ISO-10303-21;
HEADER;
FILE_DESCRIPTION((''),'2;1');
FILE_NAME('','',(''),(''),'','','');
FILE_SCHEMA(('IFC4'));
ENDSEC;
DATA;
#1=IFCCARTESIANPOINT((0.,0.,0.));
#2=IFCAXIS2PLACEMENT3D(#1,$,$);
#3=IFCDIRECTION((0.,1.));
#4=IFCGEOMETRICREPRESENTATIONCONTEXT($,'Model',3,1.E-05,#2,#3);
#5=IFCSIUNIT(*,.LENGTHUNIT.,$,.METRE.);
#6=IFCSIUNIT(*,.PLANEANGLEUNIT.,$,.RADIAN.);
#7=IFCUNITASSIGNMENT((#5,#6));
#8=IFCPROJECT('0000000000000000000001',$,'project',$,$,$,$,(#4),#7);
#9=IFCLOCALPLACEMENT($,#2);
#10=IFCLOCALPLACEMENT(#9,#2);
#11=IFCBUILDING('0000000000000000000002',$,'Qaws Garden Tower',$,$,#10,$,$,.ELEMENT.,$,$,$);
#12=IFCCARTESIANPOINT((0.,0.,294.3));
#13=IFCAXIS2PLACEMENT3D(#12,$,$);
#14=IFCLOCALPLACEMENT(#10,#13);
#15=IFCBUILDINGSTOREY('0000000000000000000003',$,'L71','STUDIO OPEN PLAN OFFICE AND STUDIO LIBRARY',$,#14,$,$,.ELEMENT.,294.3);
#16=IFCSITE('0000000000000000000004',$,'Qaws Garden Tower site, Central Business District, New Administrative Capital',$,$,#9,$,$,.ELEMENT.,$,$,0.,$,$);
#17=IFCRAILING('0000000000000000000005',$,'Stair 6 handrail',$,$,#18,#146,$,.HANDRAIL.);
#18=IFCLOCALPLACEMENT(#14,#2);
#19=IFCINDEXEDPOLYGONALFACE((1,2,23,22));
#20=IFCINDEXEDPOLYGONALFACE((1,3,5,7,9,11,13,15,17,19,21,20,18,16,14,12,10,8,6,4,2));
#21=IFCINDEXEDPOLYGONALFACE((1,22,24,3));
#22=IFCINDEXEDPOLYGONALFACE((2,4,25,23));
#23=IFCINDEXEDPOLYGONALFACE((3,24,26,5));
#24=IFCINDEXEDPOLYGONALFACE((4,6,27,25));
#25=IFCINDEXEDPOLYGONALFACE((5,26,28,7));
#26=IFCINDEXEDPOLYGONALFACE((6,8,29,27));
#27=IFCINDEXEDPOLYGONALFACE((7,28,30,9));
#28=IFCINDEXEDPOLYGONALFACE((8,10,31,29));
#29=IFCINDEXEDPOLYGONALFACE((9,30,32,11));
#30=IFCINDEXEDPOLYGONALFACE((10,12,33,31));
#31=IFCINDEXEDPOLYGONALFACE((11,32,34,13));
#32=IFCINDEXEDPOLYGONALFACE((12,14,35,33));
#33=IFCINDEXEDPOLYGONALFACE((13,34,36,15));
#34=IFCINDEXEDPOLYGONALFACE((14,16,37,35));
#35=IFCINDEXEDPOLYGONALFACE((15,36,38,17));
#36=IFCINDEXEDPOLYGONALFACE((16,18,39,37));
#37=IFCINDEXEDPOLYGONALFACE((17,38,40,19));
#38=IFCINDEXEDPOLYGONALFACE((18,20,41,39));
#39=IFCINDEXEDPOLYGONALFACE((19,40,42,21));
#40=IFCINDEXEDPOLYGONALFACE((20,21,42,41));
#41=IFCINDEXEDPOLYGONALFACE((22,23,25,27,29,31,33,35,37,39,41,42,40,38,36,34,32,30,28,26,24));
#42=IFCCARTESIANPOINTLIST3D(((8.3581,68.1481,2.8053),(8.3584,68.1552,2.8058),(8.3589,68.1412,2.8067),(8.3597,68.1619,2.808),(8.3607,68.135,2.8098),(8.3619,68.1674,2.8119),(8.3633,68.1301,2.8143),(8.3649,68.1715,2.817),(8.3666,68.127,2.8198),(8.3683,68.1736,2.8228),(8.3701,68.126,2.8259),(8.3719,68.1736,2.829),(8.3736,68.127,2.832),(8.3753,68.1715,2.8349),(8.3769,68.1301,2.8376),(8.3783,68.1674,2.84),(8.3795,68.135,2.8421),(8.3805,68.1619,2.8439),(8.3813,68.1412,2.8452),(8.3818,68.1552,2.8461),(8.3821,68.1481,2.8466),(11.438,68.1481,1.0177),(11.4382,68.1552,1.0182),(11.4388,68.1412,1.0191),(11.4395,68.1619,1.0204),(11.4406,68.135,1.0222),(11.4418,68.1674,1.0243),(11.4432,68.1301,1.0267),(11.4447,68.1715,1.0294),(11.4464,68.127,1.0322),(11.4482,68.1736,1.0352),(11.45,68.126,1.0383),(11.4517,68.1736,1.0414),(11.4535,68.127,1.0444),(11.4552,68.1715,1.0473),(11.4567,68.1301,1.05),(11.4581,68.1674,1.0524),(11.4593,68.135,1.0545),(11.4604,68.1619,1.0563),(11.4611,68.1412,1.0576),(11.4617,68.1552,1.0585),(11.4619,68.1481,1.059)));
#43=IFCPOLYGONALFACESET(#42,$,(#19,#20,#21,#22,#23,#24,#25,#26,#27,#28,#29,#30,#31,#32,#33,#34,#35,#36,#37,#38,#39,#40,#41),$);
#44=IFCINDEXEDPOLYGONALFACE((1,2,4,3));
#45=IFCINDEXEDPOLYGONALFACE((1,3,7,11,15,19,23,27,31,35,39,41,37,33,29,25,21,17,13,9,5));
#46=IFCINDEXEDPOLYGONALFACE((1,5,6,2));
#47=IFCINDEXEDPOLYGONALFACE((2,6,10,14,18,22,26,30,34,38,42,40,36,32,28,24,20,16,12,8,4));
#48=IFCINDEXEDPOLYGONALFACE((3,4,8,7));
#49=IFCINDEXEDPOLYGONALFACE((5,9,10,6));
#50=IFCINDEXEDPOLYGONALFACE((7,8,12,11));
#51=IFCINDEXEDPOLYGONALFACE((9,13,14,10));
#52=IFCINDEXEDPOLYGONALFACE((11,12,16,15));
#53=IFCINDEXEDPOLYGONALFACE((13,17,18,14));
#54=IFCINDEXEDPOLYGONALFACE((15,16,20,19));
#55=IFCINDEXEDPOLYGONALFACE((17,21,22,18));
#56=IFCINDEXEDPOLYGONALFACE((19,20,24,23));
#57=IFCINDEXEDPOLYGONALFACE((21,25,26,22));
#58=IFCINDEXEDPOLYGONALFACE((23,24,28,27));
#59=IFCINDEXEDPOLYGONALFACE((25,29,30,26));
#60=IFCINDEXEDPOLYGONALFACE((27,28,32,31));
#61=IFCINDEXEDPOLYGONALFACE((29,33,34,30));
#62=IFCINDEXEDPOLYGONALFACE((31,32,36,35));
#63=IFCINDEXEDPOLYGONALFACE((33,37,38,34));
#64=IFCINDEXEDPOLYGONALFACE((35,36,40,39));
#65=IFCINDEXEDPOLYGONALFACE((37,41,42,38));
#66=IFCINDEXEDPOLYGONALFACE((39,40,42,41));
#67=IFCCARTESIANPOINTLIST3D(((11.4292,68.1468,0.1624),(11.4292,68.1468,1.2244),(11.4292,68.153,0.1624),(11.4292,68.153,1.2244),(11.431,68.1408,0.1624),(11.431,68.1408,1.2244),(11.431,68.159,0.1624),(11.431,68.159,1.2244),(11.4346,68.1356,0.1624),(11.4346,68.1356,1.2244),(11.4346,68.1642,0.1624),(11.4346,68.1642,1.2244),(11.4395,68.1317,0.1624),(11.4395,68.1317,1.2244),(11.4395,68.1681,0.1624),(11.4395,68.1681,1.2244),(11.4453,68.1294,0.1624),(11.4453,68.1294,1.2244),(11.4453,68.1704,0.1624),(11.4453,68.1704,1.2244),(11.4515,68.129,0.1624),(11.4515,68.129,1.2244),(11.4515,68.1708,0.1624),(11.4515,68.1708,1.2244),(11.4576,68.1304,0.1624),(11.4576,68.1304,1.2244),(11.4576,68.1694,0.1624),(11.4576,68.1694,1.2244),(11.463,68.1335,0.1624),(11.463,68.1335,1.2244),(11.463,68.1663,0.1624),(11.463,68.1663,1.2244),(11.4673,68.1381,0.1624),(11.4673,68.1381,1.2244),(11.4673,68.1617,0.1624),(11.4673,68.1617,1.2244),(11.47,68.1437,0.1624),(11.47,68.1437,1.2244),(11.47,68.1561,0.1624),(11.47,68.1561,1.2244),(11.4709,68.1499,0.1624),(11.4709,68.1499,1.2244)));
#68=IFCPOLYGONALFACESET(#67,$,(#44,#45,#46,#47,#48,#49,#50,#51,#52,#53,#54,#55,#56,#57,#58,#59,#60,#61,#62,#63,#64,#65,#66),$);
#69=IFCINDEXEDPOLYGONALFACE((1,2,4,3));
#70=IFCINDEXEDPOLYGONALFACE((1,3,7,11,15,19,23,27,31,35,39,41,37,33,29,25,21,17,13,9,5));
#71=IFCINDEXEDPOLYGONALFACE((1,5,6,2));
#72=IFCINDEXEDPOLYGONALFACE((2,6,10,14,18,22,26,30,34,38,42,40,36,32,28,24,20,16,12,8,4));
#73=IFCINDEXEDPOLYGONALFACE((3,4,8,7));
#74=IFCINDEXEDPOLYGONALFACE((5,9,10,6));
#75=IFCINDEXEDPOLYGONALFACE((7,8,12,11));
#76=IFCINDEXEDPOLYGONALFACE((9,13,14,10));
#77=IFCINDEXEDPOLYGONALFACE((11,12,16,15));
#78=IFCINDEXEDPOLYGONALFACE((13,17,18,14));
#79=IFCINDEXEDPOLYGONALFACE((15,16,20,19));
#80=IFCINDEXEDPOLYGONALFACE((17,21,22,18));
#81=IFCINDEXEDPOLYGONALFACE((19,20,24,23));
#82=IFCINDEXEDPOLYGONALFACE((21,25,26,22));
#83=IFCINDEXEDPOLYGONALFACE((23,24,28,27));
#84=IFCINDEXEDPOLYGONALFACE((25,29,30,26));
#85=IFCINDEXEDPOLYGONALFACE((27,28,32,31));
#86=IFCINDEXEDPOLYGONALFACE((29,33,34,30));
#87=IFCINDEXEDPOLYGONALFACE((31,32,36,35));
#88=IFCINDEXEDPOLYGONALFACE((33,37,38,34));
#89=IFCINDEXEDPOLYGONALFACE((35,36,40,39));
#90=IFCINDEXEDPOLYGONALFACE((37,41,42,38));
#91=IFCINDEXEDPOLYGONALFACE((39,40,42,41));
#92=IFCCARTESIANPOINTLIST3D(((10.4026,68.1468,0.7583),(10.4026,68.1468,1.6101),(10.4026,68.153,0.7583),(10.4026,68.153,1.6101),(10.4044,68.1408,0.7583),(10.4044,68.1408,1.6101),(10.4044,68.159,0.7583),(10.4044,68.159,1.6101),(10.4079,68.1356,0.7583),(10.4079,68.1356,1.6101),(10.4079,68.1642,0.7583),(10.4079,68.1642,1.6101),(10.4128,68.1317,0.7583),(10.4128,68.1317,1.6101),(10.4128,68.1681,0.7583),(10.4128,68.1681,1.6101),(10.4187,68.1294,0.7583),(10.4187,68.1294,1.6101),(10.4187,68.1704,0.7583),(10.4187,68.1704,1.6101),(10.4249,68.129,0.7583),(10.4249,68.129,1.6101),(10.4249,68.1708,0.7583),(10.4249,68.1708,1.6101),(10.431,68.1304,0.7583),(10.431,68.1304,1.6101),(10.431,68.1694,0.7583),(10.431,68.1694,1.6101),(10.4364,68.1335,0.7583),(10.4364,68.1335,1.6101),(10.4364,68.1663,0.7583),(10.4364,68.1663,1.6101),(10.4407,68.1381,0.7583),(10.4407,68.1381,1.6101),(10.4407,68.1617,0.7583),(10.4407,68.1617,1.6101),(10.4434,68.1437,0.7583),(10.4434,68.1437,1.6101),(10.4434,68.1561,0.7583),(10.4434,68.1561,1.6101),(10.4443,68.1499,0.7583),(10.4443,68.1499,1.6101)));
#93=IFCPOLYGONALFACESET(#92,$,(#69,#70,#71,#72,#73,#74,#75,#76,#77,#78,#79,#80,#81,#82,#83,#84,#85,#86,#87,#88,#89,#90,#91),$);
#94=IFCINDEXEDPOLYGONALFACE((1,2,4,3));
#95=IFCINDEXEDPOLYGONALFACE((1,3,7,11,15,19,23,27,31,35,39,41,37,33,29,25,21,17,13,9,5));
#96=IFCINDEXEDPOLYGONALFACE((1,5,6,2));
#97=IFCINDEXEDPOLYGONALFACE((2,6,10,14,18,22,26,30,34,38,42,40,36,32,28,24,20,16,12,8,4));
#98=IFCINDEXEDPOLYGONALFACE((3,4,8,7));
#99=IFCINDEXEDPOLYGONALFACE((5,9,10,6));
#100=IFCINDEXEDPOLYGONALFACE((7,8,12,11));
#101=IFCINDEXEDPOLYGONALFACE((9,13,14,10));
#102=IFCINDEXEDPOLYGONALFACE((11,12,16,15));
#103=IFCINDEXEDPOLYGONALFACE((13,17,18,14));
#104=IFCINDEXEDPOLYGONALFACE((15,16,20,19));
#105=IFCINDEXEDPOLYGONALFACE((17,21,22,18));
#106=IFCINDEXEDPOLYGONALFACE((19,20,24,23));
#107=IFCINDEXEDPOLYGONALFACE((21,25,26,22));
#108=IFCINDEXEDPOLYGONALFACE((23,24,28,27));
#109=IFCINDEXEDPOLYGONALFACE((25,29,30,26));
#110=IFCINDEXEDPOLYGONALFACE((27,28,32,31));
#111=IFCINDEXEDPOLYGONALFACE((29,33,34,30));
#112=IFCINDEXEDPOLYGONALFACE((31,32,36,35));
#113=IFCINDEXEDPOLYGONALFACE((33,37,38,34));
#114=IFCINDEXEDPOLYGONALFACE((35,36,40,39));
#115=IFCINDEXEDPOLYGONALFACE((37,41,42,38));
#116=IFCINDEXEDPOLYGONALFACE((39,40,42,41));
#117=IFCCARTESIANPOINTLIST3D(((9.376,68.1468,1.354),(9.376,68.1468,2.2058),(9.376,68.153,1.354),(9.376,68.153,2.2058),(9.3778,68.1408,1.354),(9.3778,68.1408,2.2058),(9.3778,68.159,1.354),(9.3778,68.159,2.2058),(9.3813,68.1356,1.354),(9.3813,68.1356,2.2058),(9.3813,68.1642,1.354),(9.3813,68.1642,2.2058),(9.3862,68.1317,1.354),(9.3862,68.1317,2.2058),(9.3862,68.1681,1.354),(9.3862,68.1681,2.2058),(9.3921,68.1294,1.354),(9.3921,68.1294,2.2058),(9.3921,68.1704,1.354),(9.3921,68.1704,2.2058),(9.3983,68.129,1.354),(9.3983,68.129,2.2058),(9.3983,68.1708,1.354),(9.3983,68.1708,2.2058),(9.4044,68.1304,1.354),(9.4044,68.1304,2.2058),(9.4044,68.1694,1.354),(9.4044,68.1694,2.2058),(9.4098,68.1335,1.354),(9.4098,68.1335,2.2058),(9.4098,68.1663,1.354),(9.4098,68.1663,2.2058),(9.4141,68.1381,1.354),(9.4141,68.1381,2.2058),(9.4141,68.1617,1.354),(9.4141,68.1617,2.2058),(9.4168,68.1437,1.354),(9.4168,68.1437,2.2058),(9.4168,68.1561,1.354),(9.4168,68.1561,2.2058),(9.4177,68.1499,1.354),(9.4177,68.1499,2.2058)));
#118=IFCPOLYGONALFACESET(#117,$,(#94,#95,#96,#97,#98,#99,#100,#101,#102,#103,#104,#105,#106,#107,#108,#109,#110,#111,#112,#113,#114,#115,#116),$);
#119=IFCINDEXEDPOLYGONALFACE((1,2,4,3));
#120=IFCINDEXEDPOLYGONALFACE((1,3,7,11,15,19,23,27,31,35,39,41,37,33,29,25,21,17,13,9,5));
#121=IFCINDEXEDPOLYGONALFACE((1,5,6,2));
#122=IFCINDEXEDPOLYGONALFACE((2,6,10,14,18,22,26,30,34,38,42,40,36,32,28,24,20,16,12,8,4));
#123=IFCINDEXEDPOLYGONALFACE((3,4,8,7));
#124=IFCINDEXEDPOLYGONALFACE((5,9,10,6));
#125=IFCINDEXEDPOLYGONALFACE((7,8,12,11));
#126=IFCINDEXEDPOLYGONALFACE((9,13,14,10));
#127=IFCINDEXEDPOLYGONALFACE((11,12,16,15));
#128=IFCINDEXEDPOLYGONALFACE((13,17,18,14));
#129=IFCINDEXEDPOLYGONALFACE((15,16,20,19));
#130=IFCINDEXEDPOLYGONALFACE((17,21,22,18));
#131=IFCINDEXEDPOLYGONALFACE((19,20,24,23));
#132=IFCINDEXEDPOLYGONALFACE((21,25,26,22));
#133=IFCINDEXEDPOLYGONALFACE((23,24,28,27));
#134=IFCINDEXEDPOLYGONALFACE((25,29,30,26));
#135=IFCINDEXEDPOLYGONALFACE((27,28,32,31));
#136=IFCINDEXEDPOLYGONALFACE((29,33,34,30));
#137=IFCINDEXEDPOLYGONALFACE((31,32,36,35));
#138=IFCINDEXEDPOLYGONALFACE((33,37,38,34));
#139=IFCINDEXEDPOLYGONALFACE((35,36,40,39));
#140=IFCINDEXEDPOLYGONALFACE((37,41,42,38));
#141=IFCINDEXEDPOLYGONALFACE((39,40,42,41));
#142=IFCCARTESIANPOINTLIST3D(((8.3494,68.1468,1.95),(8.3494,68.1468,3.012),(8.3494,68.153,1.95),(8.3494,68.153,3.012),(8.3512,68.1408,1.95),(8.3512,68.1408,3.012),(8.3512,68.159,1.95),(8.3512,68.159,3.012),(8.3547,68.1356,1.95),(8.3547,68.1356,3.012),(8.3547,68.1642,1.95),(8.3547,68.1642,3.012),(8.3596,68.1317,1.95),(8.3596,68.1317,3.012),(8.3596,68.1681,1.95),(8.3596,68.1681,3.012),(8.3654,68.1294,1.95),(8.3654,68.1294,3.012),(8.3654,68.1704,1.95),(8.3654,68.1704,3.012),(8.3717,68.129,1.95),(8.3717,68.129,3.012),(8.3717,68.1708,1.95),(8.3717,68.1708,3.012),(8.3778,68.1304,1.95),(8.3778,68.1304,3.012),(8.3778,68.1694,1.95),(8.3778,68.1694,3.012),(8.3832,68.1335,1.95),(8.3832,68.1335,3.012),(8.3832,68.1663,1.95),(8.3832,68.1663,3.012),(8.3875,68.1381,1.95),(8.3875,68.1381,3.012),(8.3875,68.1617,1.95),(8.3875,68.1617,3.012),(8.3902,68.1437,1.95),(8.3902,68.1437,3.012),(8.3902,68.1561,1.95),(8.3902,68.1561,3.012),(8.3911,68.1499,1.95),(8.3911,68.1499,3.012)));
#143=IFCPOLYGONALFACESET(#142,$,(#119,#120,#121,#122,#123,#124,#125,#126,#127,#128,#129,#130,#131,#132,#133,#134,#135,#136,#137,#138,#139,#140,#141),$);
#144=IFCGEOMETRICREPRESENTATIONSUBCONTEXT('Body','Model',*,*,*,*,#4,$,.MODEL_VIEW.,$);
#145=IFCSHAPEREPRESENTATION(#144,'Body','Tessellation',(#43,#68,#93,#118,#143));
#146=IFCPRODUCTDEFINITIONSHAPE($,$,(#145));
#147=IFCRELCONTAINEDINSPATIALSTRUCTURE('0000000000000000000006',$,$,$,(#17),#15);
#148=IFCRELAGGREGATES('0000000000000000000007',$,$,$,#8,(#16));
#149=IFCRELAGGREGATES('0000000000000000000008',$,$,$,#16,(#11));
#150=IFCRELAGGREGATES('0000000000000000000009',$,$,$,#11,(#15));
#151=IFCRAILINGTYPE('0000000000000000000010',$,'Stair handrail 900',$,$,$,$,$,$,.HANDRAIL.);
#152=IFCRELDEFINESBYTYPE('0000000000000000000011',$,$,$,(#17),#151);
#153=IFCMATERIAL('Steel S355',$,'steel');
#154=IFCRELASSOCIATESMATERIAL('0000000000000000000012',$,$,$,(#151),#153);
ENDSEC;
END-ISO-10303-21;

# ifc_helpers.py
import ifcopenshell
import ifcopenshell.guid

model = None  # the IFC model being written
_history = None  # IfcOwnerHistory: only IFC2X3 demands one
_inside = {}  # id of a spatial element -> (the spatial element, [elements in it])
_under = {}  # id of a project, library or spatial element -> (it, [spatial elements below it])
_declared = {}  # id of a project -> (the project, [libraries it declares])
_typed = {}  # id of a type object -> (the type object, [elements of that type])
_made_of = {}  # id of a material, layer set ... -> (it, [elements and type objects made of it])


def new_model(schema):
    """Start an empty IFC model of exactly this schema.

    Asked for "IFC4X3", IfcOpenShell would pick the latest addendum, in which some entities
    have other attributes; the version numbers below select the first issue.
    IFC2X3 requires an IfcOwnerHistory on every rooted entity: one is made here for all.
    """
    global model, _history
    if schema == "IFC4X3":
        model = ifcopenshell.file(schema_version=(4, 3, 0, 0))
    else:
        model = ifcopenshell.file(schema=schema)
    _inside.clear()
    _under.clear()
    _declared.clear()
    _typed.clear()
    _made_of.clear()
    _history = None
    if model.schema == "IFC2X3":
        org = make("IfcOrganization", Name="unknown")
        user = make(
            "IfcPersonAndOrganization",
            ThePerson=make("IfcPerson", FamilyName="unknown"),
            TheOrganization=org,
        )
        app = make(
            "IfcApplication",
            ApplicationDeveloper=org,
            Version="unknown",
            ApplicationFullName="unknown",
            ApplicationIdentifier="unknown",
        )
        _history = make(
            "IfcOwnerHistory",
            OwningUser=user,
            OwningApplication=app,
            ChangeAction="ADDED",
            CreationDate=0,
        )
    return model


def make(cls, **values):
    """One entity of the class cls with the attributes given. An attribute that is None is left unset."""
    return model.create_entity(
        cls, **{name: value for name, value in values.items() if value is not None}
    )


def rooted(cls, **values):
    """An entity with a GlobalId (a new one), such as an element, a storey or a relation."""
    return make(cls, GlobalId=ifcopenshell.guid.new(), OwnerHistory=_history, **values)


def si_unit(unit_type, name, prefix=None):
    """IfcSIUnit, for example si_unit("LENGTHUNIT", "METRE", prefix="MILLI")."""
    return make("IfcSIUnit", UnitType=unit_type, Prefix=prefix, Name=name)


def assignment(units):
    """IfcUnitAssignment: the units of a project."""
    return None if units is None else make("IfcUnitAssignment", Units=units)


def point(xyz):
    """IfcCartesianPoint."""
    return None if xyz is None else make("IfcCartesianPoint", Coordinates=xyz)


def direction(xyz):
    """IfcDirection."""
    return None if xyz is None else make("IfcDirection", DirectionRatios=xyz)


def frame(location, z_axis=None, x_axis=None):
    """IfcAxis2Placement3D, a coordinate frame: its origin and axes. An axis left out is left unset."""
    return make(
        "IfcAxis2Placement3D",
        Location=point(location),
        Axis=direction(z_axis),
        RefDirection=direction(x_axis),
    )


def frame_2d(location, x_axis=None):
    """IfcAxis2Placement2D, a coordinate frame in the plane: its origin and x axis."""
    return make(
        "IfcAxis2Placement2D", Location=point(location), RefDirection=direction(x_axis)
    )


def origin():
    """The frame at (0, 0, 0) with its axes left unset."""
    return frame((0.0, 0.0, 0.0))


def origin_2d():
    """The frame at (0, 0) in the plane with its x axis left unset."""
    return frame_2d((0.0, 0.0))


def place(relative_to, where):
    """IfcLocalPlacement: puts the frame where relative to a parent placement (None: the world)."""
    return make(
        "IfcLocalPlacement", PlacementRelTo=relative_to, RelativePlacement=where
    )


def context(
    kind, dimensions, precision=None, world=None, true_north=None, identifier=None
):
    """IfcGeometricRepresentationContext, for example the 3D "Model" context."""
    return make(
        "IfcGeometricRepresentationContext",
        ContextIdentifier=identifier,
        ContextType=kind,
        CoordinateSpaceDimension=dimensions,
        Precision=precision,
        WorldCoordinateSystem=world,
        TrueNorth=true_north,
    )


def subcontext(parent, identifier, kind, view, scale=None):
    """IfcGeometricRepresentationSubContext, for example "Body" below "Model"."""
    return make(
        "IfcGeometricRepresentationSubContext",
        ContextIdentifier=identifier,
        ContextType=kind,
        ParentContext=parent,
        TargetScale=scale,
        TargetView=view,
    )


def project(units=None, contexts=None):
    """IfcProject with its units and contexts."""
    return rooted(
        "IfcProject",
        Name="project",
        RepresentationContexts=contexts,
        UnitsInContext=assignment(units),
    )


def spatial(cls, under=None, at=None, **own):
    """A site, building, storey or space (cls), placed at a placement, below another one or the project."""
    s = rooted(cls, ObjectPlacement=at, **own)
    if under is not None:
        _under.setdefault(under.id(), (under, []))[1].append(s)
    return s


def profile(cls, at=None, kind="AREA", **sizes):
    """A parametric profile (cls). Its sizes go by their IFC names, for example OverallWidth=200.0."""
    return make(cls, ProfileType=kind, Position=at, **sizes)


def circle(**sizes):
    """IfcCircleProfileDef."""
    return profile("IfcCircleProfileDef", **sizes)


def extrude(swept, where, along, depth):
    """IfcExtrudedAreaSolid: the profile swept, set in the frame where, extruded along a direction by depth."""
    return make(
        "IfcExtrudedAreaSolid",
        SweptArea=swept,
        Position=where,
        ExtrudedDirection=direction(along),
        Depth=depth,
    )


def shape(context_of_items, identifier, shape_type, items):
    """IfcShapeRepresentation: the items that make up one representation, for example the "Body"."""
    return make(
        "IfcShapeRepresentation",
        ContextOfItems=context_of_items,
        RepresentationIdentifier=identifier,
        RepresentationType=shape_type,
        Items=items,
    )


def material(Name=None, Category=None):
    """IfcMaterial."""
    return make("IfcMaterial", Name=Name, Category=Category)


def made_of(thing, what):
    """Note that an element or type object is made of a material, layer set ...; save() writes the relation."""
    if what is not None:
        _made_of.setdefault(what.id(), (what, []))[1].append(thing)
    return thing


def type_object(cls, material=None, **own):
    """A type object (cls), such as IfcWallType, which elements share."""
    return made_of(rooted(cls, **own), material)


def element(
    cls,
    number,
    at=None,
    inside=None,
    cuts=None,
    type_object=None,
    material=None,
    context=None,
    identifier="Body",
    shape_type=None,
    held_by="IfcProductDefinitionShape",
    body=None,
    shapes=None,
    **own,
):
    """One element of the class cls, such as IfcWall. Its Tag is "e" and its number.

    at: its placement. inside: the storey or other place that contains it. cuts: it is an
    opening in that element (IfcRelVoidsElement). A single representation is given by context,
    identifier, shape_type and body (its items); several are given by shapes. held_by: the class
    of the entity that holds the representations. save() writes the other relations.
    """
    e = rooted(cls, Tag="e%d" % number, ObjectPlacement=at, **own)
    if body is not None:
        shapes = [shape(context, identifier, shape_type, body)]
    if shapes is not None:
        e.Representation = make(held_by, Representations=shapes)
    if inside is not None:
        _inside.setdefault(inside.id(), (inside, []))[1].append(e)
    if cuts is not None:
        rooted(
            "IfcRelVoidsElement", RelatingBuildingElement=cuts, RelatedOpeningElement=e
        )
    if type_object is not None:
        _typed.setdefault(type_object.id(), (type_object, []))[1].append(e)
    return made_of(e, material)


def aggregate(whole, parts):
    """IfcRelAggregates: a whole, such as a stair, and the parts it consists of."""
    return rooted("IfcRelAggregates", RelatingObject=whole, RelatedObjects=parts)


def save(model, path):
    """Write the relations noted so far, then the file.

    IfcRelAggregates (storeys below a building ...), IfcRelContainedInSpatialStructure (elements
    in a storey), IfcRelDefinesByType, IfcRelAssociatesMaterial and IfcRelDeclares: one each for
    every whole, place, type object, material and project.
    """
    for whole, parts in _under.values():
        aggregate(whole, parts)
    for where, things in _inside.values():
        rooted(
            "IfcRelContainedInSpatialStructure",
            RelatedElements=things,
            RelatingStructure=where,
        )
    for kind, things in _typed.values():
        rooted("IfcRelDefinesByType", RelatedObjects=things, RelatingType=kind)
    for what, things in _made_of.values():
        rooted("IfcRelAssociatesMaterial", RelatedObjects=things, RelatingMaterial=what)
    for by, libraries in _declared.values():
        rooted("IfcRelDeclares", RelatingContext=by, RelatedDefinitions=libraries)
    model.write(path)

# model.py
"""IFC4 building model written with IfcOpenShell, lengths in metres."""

from ifc_helpers import new_model, si_unit, direction, frame, origin, origin_2d, place, context, subcontext, project, spatial, circle, extrude, material, type_object, element, save


model = new_model("IFC4")

# Units and contexts
model_context = context("Model", 3, precision=1e-05, world=origin(), true_north=direction((0.0, 1.0)))
body_context = subcontext(model_context, "Body", "Model", "MODEL_VIEW")
ifc_project = project(units=[si_unit("LENGTHUNIT", "METRE"), si_unit("PLANEANGLEUNIT", "RADIAN")], contexts=[model_context])

# Site, building, storey
site_placement = place(None, origin())
site = spatial("IfcSite", under=ifc_project, at=site_placement, Name="Qaws Garden Tower site, Central Business District, New Administrative Capital", CompositionType="ELEMENT", RefElevation=0.0)
building_placement = place(site_placement, origin())
building = spatial("IfcBuilding", under=site, at=building_placement, Name="Qaws Garden Tower", CompositionType="ELEMENT")
storey_placement = place(building_placement, frame((0.0, 0.0, 294.3)))
storey = spatial("IfcBuildingStorey", under=building, at=storey_placement, Name="L71", Description="STUDIO OPEN PLAN OFFICE AND STUDIO LIBRARY", CompositionType="ELEMENT", Elevation=294.3)

# Railing
ifc_material_1 = material(Name="Steel S355", Category="steel")
railing_type = type_object("IfcRailingType", Name="Stair handrail 900", PredefinedType="HANDRAIL", material=ifc_material_1)
railing_1_placement = place(storey_placement, frame((11.45, 68.1499, 0.1624)))
element("IfcRailing", 1, at=railing_1_placement, inside=storey, type_object=railing_type, Name="Stair 6 handrail", PredefinedType="HANDRAIL", context=body_context, shape_type="SweptSolid", body=[
    extrude(circle(Radius=0.0239, at=origin_2d()), frame((0.0, 0.0, 0.876), z_axis=(-0.864873, 0.0, 0.50199), x_axis=(0.0, -1.0, 0.0)), (0.0, 0.0, 1.0), 3.561),
    extrude(circle(Radius=0.021, at=origin_2d()), origin(), (0.0, 0.0, 1.0), 1.062),
    extrude(circle(Radius=0.021, at=origin_2d()), frame((-1.0266, 0.0, 0.5959)), (0.0, 0.0, 1.0), 0.8518),
    extrude(circle(Radius=0.021, at=origin_2d()), frame((-2.0532, 0.0, 1.1917)), (0.0, 0.0, 1.0), 0.8518),
    extrude(circle(Radius=0.021, at=origin_2d()), frame((-3.0798, 0.0, 1.7876)), (0.0, 0.0, 1.0), 1.062),
])

save(model, "model.ifc")
